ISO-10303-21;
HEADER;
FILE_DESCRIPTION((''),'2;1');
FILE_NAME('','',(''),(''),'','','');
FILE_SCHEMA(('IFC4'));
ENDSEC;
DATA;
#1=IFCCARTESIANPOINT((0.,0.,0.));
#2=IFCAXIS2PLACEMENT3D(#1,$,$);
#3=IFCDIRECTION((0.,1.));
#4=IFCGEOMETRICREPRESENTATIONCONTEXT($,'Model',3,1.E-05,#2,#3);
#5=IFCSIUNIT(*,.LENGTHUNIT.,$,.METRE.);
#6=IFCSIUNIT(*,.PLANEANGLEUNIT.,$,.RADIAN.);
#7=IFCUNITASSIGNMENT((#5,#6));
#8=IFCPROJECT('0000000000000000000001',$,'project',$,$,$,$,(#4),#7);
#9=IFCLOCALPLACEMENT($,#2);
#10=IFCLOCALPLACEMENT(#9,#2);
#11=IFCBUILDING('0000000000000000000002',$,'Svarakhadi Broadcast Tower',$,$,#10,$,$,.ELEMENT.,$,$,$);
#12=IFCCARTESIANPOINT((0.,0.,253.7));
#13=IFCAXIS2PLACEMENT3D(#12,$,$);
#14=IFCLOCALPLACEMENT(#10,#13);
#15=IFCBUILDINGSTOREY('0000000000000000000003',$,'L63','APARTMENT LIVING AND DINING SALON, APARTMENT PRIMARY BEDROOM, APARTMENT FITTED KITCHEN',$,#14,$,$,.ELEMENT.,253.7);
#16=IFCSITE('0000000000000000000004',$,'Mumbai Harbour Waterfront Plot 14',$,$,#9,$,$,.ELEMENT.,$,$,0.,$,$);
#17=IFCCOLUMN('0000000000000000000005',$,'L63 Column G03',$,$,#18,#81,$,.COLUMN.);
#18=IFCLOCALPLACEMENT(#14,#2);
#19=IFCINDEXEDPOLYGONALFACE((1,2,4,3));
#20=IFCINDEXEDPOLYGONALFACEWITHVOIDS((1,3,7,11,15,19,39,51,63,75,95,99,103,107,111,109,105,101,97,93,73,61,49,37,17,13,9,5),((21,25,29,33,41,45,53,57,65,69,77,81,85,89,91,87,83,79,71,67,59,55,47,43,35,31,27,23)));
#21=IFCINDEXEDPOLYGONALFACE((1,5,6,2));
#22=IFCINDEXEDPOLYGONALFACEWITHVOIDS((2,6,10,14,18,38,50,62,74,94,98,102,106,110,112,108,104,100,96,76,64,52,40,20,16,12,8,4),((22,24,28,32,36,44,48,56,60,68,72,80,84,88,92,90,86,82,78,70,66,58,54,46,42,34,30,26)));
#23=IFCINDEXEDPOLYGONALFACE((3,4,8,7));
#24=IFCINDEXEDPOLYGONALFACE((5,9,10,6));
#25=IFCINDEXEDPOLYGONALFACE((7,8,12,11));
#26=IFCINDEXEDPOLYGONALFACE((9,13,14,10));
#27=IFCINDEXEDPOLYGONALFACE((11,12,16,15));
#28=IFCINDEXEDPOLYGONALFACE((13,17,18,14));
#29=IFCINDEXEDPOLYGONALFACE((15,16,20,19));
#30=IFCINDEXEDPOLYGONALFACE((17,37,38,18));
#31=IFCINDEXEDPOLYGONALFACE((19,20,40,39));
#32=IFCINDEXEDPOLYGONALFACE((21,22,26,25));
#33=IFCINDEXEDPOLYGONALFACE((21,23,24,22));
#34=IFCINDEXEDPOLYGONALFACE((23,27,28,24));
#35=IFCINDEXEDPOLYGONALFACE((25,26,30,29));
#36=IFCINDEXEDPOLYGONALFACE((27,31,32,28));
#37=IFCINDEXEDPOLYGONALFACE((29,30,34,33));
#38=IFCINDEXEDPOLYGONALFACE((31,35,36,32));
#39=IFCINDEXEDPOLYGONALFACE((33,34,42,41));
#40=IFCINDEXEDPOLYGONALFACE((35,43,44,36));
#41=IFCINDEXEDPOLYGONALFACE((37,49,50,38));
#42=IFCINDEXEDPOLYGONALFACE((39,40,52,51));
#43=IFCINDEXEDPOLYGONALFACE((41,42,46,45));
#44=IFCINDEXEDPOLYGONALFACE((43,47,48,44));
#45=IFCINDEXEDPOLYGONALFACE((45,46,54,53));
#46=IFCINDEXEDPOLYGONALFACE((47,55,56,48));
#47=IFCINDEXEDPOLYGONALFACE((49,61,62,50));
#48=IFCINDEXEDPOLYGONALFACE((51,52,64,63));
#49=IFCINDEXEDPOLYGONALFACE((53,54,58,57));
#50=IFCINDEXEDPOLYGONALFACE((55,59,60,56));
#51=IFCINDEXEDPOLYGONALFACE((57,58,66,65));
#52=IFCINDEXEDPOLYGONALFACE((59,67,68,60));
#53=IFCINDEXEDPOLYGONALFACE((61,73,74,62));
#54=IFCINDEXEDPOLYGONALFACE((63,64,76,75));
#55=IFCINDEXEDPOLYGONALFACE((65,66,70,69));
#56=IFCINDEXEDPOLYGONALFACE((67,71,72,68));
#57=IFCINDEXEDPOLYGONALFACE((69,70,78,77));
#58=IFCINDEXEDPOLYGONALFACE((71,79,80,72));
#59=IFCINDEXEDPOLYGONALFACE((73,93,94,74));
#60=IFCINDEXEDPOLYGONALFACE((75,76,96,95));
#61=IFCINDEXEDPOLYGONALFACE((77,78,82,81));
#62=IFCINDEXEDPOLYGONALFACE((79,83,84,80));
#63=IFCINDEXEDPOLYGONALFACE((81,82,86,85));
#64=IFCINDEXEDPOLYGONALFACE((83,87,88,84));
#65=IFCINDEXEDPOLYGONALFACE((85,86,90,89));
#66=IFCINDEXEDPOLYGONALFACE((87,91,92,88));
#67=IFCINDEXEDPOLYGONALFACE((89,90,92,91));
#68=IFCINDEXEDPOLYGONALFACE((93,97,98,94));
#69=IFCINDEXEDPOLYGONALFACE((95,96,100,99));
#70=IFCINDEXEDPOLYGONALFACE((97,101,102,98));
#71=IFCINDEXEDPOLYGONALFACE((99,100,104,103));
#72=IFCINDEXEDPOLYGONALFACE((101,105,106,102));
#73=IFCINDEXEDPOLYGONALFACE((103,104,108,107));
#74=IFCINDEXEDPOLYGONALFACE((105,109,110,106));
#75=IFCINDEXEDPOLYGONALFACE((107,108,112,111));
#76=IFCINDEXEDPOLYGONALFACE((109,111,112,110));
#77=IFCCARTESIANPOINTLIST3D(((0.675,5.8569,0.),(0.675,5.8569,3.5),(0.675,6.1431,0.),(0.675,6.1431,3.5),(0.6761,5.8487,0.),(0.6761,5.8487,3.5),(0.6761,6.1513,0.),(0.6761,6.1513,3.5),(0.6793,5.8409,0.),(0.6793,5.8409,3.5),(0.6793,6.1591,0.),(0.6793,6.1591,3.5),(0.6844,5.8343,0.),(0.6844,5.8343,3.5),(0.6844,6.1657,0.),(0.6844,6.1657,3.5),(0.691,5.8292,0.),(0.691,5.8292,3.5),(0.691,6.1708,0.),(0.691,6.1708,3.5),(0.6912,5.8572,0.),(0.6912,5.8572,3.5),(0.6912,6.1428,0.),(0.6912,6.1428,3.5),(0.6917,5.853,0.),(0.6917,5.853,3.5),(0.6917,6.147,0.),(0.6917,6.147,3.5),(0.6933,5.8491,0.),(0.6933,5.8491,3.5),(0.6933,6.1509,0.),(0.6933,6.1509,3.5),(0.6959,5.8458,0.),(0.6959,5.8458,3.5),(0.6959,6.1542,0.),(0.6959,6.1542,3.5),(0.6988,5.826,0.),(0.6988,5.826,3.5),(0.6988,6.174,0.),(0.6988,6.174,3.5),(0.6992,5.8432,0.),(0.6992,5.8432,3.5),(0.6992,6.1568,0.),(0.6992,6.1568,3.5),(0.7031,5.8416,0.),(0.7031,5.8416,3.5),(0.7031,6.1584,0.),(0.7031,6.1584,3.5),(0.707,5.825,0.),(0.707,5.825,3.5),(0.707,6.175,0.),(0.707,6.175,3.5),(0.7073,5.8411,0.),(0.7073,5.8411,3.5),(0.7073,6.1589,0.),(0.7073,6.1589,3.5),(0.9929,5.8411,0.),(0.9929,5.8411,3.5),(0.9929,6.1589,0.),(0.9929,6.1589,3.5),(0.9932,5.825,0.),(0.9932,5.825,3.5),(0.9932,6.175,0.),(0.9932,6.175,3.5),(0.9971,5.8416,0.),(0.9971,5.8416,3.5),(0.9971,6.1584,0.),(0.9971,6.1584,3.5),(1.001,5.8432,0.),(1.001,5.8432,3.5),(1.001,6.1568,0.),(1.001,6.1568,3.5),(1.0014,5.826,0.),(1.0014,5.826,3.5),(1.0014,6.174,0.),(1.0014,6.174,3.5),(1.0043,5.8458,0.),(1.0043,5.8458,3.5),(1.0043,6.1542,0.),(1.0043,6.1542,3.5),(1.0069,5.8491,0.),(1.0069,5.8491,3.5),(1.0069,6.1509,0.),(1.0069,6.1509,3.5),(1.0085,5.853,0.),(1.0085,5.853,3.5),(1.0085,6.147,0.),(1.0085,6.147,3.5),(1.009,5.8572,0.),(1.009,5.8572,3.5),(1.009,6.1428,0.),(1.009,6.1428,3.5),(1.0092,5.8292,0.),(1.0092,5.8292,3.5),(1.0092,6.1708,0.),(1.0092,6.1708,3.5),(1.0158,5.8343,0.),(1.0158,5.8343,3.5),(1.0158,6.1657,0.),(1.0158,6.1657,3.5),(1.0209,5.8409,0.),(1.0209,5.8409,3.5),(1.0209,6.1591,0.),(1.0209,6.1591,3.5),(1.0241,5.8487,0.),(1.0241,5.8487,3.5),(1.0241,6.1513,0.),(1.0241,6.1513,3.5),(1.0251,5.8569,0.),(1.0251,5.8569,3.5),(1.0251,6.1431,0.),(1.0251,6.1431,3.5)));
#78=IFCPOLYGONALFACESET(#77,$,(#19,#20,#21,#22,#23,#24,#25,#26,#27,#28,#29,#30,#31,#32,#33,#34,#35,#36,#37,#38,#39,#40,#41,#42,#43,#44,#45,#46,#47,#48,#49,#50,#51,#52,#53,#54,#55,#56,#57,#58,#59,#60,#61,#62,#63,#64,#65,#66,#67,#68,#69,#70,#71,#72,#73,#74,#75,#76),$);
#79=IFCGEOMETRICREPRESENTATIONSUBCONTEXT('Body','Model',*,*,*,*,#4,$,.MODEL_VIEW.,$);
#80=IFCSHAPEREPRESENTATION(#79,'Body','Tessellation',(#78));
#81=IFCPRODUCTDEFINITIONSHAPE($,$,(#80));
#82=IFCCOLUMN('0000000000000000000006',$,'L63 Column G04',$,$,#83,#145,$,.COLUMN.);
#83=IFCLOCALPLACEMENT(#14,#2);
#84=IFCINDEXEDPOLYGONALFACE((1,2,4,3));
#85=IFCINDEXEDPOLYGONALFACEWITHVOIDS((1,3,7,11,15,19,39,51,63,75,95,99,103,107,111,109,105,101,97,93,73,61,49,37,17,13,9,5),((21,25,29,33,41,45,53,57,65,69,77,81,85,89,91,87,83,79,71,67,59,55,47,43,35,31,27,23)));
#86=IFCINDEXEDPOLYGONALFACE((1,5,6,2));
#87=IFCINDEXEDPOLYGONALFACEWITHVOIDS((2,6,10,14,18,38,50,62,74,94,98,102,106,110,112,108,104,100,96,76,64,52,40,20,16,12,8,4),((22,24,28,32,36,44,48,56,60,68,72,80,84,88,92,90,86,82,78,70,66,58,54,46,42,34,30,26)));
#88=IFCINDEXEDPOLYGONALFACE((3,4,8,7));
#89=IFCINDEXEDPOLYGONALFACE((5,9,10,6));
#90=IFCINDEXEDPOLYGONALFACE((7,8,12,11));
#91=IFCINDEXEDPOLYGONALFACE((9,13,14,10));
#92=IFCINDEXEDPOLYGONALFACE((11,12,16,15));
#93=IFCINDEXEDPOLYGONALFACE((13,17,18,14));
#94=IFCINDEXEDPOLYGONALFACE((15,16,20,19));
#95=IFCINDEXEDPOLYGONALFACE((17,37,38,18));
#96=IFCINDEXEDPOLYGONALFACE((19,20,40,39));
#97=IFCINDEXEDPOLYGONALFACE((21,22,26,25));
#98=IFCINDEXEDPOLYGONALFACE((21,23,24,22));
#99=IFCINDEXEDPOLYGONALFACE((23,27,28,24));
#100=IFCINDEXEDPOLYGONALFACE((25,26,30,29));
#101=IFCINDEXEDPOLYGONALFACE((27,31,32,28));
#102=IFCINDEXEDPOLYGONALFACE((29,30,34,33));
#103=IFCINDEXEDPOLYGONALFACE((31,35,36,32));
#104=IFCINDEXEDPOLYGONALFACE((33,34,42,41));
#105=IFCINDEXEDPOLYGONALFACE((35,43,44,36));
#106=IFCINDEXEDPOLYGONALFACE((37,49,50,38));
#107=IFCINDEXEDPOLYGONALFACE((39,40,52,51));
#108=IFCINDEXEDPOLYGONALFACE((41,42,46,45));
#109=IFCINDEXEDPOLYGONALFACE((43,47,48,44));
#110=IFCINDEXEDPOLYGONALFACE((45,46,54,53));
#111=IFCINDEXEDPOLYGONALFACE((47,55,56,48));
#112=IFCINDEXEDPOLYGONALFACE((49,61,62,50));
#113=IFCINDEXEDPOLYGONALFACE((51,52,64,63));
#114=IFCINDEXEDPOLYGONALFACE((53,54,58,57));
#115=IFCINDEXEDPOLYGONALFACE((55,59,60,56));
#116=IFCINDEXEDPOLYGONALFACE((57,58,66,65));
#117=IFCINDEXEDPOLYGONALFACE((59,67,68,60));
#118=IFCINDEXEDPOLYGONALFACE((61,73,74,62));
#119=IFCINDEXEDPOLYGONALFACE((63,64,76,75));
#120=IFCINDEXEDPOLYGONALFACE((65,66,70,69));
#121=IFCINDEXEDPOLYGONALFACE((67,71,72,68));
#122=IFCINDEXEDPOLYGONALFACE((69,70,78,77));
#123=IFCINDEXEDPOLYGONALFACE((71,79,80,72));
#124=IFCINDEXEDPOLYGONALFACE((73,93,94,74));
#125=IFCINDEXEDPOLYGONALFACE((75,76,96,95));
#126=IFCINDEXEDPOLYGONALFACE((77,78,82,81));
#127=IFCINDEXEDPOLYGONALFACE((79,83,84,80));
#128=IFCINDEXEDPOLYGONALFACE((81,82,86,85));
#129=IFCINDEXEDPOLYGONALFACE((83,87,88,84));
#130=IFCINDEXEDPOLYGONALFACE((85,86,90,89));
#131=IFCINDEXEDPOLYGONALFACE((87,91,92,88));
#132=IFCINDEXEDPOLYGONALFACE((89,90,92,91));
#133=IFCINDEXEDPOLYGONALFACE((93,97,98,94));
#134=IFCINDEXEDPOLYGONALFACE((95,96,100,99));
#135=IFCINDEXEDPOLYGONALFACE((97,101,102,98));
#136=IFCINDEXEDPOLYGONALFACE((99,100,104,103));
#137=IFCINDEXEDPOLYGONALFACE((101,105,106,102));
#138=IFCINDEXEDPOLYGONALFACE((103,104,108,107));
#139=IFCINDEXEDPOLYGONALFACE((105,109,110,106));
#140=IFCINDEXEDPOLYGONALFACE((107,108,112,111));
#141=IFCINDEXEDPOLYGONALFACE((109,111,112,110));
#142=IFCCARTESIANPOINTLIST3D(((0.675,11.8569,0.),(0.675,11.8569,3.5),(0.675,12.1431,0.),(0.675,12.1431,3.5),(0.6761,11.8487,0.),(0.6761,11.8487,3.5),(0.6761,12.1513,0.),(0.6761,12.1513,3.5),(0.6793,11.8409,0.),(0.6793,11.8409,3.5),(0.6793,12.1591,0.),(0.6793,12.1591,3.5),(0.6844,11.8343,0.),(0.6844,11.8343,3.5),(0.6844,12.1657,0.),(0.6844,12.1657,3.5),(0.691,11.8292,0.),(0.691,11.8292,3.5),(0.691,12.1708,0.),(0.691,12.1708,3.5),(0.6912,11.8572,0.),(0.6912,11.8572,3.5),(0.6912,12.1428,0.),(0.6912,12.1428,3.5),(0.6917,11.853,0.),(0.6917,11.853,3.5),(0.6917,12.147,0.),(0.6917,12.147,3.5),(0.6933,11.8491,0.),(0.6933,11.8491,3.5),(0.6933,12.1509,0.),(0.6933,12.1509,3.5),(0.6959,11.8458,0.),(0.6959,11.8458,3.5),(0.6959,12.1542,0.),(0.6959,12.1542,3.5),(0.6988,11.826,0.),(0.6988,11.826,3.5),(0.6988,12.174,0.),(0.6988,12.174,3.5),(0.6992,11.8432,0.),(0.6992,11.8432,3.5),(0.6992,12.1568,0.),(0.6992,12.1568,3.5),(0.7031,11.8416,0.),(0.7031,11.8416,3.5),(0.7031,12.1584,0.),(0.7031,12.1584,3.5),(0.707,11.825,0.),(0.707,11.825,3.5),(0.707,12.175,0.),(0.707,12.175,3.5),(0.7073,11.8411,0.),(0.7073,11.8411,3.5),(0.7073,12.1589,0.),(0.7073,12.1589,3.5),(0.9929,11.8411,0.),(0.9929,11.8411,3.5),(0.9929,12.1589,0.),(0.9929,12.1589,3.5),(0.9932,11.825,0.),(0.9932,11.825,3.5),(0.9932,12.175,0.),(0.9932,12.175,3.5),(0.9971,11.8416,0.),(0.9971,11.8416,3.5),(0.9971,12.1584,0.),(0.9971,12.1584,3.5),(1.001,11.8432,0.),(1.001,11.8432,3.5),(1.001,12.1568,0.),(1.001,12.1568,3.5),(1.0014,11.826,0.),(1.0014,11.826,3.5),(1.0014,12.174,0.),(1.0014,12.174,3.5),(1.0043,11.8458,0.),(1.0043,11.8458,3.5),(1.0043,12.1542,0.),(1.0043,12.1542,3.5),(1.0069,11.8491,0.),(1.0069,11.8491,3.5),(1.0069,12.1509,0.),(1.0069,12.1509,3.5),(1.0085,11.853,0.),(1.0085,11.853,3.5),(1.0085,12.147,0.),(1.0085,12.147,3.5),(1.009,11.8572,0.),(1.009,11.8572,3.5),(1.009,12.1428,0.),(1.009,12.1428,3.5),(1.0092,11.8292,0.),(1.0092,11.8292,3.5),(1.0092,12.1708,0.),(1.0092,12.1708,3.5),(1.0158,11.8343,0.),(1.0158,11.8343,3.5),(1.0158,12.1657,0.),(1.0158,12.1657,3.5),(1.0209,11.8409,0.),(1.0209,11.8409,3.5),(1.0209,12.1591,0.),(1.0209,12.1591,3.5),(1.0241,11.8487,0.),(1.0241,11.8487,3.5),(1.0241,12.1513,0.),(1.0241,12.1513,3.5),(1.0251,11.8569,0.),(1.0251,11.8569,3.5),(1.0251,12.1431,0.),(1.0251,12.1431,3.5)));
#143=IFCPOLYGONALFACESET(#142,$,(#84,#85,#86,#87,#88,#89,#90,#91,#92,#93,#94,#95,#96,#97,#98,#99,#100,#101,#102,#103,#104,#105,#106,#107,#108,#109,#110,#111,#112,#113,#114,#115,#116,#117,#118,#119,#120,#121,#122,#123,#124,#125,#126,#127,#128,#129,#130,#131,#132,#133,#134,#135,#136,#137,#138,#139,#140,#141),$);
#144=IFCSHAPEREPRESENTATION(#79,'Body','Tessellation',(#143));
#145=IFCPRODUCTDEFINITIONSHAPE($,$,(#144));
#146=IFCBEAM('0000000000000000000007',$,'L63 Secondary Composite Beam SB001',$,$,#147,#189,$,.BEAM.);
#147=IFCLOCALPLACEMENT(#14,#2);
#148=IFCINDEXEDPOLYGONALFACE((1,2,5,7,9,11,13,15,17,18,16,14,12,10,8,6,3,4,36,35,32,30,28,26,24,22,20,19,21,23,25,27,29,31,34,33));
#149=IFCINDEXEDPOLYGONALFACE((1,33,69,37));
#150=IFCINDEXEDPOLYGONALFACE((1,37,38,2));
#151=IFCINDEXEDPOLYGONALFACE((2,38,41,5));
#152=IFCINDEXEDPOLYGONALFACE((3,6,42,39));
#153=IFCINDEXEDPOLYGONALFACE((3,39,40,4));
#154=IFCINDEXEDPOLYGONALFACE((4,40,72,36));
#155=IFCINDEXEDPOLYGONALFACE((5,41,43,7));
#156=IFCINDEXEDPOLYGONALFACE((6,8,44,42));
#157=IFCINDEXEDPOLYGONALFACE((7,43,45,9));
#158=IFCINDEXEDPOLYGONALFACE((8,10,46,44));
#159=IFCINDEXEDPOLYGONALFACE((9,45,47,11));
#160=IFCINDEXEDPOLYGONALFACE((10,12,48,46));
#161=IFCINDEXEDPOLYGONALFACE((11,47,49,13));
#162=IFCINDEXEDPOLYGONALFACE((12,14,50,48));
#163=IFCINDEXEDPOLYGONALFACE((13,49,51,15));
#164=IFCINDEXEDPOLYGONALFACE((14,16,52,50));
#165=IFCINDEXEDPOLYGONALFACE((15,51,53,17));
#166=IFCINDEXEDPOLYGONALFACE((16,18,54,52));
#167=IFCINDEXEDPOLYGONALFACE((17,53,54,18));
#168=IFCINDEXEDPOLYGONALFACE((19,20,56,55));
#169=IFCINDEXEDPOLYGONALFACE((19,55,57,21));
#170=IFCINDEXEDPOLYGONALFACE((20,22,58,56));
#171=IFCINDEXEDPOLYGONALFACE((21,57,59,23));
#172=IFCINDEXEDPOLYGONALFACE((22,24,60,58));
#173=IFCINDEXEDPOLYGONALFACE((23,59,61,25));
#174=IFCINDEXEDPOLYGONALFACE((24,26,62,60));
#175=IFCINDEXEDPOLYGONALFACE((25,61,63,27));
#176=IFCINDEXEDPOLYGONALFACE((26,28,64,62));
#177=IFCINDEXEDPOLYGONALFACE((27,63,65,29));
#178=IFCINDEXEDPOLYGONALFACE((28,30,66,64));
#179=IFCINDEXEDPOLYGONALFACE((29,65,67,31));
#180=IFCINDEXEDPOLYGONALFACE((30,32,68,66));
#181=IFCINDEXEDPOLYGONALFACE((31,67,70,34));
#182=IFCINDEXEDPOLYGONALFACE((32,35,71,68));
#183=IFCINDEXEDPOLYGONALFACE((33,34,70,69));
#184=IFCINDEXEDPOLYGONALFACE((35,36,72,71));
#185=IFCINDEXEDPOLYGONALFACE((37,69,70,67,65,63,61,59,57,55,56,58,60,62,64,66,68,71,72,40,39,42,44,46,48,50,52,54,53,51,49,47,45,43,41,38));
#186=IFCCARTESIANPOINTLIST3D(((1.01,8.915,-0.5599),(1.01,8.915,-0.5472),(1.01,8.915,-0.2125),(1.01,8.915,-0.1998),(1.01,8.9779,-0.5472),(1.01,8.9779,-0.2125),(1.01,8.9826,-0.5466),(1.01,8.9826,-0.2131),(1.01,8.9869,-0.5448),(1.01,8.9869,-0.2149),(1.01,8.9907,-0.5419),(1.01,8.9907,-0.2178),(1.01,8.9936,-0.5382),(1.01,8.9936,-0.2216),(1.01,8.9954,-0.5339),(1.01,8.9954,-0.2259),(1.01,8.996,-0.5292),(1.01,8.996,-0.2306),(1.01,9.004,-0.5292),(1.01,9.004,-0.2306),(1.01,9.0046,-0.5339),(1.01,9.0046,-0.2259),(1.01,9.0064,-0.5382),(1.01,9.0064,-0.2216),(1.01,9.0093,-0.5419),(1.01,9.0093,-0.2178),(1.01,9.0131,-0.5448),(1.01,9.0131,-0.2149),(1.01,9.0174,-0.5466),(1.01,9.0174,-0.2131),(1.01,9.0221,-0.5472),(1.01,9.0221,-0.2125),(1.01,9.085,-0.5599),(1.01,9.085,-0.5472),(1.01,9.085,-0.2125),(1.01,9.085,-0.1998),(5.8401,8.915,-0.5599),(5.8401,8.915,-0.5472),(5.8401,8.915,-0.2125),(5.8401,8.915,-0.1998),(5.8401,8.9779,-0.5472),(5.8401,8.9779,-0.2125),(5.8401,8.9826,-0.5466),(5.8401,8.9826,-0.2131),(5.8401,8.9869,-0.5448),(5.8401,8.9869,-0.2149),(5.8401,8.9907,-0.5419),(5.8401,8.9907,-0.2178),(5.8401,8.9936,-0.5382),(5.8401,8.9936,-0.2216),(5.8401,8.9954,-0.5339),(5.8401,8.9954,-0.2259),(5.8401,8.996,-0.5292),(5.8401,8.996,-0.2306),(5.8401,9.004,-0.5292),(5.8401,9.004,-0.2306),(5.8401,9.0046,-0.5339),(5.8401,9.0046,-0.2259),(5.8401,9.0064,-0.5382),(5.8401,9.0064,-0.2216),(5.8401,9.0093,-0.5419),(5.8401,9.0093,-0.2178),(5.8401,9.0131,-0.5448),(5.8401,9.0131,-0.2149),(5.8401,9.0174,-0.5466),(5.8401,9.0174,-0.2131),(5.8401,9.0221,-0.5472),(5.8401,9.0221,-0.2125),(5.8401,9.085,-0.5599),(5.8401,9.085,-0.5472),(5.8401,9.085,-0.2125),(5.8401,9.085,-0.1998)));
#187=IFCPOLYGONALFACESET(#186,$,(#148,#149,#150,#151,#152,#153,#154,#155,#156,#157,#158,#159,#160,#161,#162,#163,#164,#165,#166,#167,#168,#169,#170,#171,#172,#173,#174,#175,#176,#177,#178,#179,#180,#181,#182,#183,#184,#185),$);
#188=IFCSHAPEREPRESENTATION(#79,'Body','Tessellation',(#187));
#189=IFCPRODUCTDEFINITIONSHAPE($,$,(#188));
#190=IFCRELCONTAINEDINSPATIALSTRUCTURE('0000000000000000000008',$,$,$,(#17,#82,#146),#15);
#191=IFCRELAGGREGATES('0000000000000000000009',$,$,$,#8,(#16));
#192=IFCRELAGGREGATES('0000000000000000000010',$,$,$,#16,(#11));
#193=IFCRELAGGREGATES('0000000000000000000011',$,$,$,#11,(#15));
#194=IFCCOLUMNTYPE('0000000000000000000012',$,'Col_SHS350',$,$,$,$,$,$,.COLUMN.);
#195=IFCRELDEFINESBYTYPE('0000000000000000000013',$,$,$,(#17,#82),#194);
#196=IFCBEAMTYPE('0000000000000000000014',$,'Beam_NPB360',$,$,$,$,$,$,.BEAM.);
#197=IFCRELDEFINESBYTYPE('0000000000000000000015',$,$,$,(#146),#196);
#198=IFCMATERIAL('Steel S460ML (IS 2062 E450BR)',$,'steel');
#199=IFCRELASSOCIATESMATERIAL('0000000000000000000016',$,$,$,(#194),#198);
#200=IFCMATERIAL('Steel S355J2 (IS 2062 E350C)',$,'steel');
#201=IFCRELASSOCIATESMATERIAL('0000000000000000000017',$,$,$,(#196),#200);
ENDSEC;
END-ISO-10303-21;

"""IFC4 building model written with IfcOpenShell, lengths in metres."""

from ifc_helpers import new_model, si_unit, direction, frame, origin, origin_2d, place, context, subcontext, project, spatial, hollow_rectangle, i_section, extrude, material, material_profile, profile_set, type_object, element, save


model = new_model("IFC4")

# Units and contexts
model_context = context("Model", 3, precision=1e-05, world=origin(), true_north=direction((0.0, 1.0)))
body_context = subcontext(model_context, "Body", "Model", "MODEL_VIEW")
ifc_project = project(units=[si_unit("LENGTHUNIT", "METRE"), si_unit("PLANEANGLEUNIT", "RADIAN")], contexts=[model_context])

# Site, building, storey
site_placement = place(None, origin())
site = spatial("IfcSite", under=ifc_project, at=site_placement, Name="Mumbai Harbour Waterfront Plot 14", CompositionType="ELEMENT", RefElevation=0.0)
building_placement = place(site_placement, origin())
building = spatial("IfcBuilding", under=site, at=building_placement, Name="Svarakhadi Broadcast Tower", CompositionType="ELEMENT")
storey_placement = place(building_placement, frame((0.0, 0.0, 253.7)))
storey = spatial("IfcBuildingStorey", under=building, at=storey_placement, Name="L63", Description="APARTMENT LIVING AND DINING SALON, APARTMENT PRIMARY BEDROOM, APARTMENT FITTED KITCHEN", CompositionType="ELEMENT", Elevation=253.7)

# Columns
ifc_material_1 = material(Name="Steel S460ML (IS 2062 E450BR)", Category="steel")
ifc_material_profile_1 = material_profile(ifc_material_1, hollow_rectangle(XDim=0.3501, YDim=0.3501, WallThickness=0.0161, InnerFilletRadius=0.0161, OuterFilletRadius=0.032, at=origin_2d()), Name="SHS 350x350x16")
ifc_profile_set_1 = profile_set([ifc_material_profile_1], Name="Steel S460ML (IS 2062 E450BR)")
column_type = type_object("IfcColumnType", Name="Col_SHS350", PredefinedType="COLUMN", material=ifc_profile_set_1)
for number, where, z_axis, x_axis, name in (
    (1, (0.8501, 6.0, 0.0), (0.0, 0.0, 1.0), (1.0, 0.0, 0.0), "L63 Column G03"),
    (2, (0.8501, 12.0, 0.0), (0.0, 0.0, 1.0), (1.0, 0.0, 0.0), "L63 Column G04"),
):
    element("IfcColumn", number, at=place(storey_placement, frame(where, z_axis=z_axis, x_axis=x_axis)), inside=storey, type_object=column_type, Name=name, PredefinedType="COLUMN", context=body_context, shape_type="SweptSolid", body=[
        extrude(hollow_rectangle(XDim=0.3501, YDim=0.3501, WallThickness=0.0161, InnerFilletRadius=0.0161, OuterFilletRadius=0.032, at=origin_2d()), origin(), (0.0, 0.0, 1.0), 3.5),
    ])

# Beam
ifc_material_2 = material(Name="Steel S355J2 (IS 2062 E350C)", Category="steel")
ifc_material_profile_2 = material_profile(ifc_material_2, i_section(OverallWidth=0.1699, OverallDepth=0.3601, WebThickness=0.0081, FlangeThickness=0.0127, FilletRadius=0.0181, at=origin_2d()), Name="NPB 360x170x57")
ifc_profile_set_2 = profile_set([ifc_material_profile_2], Name="Steel S355J2 (IS 2062 E350C)")
beam_type_1 = type_object("IfcBeamType", Name="Beam_NPB360", PredefinedType="BEAM", material=ifc_profile_set_2)
beam_1_placement = place(storey_placement, frame((1.01, 9.0, -0.3799), z_axis=(1.0, 0.0, 0.0), x_axis=(0.0, 1.0, 0.0)))
element("IfcBeam", 3, at=beam_1_placement, inside=storey, type_object=beam_type_1, Name="L63 Secondary Composite Beam SB001", PredefinedType="BEAM", context=body_context, shape_type="SweptSolid", body=[
    extrude(i_section(OverallWidth=0.1699, OverallDepth=0.3601, WebThickness=0.0081, FlangeThickness=0.0127, FilletRadius=0.0181, at=origin_2d()), origin(), (0.0, 0.0, 1.0), 4.8301),
])

save(model, "model.ifc")
